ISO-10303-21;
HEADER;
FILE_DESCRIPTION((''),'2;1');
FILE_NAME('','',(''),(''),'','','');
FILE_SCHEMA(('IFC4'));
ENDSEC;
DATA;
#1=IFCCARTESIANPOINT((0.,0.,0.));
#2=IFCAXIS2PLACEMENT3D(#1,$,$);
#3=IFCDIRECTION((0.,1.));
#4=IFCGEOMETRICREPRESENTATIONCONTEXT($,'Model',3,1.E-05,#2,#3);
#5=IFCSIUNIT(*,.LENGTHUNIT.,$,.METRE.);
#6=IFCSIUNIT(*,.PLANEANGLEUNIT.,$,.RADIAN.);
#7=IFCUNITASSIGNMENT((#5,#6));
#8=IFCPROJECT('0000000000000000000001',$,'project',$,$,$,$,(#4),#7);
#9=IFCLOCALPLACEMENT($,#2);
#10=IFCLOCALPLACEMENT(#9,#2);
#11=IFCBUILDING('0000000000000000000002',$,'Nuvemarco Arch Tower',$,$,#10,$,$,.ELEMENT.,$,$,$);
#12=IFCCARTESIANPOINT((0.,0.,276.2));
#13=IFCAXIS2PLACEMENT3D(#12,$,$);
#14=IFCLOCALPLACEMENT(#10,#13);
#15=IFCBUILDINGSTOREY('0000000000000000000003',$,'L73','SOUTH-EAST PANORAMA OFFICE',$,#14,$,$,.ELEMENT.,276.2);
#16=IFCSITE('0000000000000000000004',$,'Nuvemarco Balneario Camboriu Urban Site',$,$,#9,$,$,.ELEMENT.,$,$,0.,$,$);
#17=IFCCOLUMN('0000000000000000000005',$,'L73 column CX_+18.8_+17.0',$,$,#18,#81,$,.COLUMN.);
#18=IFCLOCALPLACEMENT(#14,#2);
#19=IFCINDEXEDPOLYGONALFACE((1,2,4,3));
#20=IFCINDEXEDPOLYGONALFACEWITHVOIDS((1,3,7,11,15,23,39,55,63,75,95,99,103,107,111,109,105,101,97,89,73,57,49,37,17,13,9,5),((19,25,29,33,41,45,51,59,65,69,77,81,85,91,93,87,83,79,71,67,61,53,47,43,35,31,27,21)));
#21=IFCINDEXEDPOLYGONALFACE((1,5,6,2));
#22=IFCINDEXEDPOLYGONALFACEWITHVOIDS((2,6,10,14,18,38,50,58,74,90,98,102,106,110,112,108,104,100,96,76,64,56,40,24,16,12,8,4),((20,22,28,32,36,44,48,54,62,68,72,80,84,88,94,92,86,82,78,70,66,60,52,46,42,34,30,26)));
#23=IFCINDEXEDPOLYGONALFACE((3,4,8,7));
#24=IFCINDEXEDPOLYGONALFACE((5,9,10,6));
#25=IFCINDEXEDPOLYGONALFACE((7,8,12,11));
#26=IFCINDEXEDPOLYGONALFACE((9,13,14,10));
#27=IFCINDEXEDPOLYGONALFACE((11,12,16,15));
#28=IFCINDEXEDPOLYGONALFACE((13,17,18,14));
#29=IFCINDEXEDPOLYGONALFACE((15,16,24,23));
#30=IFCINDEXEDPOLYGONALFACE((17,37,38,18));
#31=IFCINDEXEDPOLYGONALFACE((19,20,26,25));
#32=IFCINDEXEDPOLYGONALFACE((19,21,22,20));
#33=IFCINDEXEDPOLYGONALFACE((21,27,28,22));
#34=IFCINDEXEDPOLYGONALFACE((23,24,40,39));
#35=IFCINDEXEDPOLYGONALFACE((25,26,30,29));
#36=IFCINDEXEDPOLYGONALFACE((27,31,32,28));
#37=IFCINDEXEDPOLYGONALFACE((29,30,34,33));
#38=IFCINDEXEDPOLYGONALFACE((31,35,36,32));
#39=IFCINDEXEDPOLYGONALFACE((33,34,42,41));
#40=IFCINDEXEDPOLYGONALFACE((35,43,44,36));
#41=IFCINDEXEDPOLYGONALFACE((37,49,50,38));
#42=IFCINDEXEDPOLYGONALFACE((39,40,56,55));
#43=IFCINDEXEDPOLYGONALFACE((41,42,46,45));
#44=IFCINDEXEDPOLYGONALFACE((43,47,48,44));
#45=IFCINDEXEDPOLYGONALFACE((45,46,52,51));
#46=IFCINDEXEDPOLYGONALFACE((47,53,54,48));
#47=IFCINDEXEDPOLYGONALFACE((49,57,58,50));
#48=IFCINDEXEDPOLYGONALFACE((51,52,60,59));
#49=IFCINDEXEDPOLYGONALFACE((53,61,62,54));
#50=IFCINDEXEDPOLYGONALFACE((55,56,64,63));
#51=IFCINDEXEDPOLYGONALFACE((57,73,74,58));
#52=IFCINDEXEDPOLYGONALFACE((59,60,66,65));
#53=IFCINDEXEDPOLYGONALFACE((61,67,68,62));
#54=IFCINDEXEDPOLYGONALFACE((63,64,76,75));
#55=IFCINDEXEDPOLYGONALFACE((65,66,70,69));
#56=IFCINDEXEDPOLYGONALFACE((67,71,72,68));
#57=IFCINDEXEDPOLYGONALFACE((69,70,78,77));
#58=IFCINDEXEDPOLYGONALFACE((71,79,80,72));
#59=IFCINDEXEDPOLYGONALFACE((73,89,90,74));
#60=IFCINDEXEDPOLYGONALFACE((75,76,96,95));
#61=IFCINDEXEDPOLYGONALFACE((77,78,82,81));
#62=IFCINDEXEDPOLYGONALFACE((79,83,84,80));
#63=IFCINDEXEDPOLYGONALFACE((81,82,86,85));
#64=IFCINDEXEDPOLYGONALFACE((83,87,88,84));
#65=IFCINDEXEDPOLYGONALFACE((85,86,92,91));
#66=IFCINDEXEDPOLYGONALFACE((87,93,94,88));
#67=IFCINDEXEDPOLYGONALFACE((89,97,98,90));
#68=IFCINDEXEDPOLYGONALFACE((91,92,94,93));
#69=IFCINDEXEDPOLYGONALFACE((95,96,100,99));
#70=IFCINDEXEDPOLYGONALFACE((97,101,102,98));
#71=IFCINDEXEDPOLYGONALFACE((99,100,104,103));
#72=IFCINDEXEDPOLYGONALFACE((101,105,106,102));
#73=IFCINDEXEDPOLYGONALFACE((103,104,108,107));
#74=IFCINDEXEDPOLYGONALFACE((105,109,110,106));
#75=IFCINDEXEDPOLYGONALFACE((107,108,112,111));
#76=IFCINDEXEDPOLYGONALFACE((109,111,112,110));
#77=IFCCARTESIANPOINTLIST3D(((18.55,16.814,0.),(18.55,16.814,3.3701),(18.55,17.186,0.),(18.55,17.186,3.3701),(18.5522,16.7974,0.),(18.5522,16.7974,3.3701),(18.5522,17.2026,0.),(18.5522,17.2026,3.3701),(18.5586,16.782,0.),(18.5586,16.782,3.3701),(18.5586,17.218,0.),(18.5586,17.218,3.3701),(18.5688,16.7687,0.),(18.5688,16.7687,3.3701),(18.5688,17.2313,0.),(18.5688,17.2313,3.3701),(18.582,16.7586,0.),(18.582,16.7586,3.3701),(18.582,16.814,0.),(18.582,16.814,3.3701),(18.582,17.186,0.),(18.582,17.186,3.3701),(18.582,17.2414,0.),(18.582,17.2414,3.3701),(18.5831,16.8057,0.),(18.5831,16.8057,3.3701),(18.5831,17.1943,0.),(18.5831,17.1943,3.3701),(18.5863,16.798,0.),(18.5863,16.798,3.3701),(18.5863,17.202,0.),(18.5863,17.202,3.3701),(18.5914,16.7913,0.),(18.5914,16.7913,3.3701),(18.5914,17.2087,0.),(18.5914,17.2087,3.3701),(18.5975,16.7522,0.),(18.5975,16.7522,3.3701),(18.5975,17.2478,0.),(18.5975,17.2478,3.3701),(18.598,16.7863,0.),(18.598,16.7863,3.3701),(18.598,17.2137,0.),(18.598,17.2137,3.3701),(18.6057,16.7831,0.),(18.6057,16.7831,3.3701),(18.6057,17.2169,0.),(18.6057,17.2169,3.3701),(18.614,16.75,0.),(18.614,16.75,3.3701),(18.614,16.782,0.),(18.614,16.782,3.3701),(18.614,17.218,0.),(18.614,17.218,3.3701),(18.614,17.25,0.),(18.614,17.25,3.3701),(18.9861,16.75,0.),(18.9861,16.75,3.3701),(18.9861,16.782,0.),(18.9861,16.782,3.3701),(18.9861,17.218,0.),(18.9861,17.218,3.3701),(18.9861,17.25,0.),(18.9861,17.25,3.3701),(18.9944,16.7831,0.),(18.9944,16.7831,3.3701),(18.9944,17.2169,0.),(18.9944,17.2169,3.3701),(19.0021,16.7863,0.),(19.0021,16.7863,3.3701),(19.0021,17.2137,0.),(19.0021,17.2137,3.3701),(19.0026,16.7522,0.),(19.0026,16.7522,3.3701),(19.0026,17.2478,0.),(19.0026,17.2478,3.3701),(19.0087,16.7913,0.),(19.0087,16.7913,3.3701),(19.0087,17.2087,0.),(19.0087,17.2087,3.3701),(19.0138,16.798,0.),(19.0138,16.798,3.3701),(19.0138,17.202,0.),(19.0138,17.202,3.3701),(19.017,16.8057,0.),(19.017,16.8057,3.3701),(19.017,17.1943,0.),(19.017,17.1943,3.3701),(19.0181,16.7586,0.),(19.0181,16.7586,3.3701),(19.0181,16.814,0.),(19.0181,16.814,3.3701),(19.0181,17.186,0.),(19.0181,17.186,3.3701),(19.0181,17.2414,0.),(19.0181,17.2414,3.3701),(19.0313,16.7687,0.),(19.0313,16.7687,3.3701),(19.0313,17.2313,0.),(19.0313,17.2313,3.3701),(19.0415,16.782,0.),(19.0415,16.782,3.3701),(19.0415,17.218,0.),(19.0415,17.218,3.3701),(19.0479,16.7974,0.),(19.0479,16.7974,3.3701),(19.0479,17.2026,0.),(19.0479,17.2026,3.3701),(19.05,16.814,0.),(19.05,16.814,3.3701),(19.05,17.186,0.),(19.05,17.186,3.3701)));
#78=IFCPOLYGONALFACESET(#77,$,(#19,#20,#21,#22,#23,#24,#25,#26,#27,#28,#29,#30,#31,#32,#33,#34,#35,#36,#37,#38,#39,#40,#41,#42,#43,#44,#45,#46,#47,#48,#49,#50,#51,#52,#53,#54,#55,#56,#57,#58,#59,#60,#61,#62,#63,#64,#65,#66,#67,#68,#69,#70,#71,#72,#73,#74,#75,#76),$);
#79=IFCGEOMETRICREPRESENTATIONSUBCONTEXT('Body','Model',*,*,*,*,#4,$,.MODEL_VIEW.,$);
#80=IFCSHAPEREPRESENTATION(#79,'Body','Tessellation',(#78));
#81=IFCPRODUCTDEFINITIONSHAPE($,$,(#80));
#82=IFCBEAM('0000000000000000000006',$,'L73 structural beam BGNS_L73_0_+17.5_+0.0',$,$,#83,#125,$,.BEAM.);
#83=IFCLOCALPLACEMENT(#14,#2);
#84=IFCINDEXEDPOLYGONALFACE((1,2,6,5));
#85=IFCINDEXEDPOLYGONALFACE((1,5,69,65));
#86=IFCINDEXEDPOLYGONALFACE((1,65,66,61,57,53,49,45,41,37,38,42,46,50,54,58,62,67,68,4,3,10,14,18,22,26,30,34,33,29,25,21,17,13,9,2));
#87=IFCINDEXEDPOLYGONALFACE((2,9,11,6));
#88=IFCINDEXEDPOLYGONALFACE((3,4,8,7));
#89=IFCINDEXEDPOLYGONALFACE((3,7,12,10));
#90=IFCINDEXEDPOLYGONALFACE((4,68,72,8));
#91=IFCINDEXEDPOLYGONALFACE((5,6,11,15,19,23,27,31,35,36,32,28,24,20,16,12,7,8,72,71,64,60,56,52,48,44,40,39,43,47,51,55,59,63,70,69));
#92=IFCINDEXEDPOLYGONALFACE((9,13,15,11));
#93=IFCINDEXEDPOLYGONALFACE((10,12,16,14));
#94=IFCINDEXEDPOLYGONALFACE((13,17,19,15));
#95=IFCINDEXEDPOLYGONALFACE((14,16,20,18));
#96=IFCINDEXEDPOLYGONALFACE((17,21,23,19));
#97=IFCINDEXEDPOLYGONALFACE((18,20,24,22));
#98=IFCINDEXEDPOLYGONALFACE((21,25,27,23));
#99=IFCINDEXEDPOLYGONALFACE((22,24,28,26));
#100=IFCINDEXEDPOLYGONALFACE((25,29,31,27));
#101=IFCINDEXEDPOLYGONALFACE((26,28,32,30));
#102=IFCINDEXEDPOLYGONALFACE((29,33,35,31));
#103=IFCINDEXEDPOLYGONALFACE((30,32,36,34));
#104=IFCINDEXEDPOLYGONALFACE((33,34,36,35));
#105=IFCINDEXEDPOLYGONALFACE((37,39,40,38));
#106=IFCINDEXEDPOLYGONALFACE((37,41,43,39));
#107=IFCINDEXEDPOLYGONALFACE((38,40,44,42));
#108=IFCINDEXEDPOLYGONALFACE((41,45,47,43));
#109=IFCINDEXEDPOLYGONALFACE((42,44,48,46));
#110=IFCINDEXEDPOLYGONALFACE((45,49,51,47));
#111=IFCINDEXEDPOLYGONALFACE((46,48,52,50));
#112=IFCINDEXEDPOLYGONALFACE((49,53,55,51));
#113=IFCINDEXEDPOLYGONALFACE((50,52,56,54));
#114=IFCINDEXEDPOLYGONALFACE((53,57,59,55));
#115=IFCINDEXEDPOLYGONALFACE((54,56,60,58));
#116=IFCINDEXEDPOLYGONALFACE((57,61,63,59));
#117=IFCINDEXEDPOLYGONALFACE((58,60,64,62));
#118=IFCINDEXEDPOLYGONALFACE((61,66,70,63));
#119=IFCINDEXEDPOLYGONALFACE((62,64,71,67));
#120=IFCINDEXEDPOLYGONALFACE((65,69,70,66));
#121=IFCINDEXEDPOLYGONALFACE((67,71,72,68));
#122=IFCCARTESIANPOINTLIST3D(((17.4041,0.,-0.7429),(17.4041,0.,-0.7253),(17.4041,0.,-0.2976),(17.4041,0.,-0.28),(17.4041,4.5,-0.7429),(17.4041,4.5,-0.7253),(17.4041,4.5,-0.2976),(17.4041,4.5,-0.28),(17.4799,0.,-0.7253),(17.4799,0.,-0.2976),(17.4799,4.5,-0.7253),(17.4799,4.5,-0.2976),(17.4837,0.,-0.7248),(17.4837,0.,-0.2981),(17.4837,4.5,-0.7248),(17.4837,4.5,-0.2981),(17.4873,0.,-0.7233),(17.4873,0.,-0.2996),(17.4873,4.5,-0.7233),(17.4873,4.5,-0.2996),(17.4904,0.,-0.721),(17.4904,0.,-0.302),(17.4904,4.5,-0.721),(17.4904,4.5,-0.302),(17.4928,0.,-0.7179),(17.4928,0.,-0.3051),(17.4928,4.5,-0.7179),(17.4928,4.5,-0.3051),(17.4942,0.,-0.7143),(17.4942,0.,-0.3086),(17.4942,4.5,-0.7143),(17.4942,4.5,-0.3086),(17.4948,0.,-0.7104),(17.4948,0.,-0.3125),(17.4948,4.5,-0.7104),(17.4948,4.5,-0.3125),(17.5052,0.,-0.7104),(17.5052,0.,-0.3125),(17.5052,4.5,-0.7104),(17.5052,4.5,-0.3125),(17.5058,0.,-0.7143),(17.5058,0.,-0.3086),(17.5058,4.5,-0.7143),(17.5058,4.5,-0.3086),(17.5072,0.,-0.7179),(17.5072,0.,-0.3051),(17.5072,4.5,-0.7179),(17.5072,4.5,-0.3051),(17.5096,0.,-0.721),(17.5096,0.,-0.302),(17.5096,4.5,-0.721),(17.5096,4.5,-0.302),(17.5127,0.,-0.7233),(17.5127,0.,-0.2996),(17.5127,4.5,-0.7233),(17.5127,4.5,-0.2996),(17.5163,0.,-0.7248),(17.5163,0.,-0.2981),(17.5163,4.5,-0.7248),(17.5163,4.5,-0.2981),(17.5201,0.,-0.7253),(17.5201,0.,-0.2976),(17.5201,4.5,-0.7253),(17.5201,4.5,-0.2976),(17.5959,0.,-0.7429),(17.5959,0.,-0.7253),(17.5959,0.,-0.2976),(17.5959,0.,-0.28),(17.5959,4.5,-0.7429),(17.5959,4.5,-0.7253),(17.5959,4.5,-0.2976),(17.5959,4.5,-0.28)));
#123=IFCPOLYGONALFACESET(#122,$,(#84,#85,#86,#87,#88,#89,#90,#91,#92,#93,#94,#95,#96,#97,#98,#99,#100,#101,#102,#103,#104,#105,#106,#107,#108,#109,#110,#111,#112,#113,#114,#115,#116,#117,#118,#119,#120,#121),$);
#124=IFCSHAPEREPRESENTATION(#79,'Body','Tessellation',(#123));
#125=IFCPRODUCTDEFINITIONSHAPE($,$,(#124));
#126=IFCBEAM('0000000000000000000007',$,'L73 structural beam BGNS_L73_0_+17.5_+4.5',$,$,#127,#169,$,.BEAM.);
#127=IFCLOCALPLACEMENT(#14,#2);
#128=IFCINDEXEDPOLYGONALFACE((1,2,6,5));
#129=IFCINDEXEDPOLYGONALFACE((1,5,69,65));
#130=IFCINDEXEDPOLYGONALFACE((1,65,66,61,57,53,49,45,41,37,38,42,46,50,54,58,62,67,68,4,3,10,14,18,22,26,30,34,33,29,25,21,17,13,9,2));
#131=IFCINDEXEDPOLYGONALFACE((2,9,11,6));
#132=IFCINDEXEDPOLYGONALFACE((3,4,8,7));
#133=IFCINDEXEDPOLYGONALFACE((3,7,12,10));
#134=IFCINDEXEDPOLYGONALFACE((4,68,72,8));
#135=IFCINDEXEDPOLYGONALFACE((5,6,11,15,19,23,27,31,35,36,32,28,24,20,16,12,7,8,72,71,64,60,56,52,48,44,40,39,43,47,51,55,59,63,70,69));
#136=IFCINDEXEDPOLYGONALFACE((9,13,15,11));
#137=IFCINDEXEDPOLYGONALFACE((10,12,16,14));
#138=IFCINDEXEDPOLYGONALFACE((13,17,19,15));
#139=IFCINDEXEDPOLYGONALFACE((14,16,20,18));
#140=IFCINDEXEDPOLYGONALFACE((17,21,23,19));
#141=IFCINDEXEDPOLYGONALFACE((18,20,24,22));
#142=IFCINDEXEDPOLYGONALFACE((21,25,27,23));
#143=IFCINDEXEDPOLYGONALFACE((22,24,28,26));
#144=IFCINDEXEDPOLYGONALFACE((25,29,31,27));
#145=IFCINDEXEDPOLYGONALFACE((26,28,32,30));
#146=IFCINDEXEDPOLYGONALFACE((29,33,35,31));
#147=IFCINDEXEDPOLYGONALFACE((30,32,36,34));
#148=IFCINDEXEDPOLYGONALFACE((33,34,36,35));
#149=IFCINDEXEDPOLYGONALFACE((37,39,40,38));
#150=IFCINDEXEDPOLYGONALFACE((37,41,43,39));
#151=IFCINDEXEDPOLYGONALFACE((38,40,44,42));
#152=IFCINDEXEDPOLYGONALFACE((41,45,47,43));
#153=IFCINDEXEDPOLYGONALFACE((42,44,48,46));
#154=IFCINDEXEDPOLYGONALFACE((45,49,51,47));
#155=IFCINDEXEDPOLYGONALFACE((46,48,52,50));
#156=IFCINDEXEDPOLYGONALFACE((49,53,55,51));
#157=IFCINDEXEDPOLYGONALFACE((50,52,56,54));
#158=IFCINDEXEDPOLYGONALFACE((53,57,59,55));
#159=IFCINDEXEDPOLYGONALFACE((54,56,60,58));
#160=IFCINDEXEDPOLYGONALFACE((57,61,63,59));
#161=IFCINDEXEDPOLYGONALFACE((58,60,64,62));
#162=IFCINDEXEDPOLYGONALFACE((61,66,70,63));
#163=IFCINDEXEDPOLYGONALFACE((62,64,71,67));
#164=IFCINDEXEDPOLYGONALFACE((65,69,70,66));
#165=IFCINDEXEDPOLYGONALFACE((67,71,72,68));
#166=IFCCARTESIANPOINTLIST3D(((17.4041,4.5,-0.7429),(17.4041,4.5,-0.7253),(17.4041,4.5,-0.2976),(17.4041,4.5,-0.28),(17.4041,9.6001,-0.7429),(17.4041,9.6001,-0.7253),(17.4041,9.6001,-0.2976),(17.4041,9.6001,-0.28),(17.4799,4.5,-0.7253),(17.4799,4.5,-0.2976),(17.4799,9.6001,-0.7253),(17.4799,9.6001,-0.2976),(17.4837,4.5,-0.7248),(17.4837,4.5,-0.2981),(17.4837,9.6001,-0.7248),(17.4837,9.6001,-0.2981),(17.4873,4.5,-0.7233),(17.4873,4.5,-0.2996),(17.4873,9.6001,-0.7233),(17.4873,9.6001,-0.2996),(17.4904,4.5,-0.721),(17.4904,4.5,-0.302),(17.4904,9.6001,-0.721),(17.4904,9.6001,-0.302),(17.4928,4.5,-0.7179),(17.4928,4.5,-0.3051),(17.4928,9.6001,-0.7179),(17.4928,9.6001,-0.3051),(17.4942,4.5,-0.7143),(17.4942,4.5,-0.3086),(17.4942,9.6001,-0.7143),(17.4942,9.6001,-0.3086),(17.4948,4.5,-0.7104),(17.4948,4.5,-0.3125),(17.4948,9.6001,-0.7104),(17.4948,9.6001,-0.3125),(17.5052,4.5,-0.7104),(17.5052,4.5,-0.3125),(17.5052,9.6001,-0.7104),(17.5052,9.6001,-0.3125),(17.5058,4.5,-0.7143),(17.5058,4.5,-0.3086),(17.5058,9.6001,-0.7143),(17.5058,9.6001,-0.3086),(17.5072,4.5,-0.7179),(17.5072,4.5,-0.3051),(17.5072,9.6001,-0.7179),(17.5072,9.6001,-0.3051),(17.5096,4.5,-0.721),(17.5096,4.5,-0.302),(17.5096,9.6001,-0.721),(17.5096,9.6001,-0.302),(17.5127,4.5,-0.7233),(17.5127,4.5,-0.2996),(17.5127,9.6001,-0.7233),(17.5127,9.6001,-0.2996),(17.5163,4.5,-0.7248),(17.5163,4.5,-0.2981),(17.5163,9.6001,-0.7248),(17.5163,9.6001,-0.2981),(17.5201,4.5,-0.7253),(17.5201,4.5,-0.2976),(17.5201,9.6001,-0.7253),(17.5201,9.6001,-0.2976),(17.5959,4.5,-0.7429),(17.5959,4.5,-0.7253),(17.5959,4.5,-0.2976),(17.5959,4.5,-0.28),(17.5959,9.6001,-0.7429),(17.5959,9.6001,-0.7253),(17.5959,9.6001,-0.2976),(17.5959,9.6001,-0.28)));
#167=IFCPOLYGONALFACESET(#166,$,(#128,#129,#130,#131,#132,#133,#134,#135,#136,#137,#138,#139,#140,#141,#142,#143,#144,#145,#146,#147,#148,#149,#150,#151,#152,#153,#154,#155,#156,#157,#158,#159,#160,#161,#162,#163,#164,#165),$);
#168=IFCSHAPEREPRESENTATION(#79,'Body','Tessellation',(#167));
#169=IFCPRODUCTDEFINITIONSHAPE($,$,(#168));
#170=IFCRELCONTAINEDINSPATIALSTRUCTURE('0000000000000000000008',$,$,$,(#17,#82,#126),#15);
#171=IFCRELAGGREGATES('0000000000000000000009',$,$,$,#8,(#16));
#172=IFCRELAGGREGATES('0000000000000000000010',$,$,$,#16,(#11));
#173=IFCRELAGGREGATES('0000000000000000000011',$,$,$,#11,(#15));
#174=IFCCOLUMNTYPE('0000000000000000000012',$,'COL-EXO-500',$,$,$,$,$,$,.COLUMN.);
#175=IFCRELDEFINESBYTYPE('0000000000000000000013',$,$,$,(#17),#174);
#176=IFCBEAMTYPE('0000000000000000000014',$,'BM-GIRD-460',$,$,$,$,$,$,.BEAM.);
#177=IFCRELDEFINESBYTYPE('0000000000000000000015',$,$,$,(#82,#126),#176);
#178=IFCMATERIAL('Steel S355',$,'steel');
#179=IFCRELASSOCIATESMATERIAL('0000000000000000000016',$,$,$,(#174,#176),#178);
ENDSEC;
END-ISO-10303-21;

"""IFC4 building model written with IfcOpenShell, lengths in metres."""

from ifc_helpers import new_model, si_unit, direction, frame, origin, origin_2d, place, context, subcontext, project, spatial, hollow_rectangle, i_section, extrude, material, material_profile, profile_set, type_object, element, save


model = new_model("IFC4")

# Units and contexts
model_context = context("Model", 3, precision=1e-05, world=origin(), true_north=direction((0.0, 1.0)))
body_context = subcontext(model_context, "Body", "Model", "MODEL_VIEW")
ifc_project = project(units=[si_unit("LENGTHUNIT", "METRE"), si_unit("PLANEANGLEUNIT", "RADIAN")], contexts=[model_context])

# Site, building, storey
site_placement = place(None, origin())
site = spatial("IfcSite", under=ifc_project, at=site_placement, Name="Nuvemarco Balneario Camboriu Urban Site", CompositionType="ELEMENT", RefElevation=0.0)
building_placement = place(site_placement, origin())
building = spatial("IfcBuilding", under=site, at=building_placement, Name="Nuvemarco Arch Tower", CompositionType="ELEMENT")
storey_placement = place(building_placement, frame((0.0, 0.0, 276.2)))
storey = spatial("IfcBuildingStorey", under=building, at=storey_placement, Name="L73", Description="SOUTH-EAST PANORAMA OFFICE", CompositionType="ELEMENT", Elevation=276.2)

# Column
ifc_material_1 = material(Name="Steel S355", Category="steel")
ifc_material_profile_1 = material_profile(ifc_material_1, hollow_rectangle(XDim=0.5, YDim=0.5, WallThickness=0.032, InnerFilletRadius=0.032, OuterFilletRadius=0.064, at=origin_2d()), Name="SHS500x500x32")
ifc_profile_set_1 = profile_set([ifc_material_profile_1], Name="Steel S355")
column_type_1 = type_object("IfcColumnType", Name="COL-EXO-500", PredefinedType="COLUMN", material=ifc_profile_set_1)
for number, where, z_axis, x_axis, name in (
    (1, (18.8, 17.0, 0.0), (0.0, 0.0, 1.0), (1.0, 0.0, 0.0), "L73 column CX_+18.8_+17.0"),
):
    element("IfcColumn", number, at=place(storey_placement, frame(where, z_axis=z_axis, x_axis=x_axis)), inside=storey, type_object=column_type_1, Name=name, PredefinedType="COLUMN", context=body_context, shape_type="SweptSolid", body=[
        extrude(hollow_rectangle(XDim=0.5, YDim=0.5, WallThickness=0.032, InnerFilletRadius=0.032, OuterFilletRadius=0.064, at=origin_2d()), origin(), (0.0, 0.0, 1.0), 3.3701),
    ])

# Beams
ifc_material_profile_2 = material_profile(ifc_material_1, i_section(OverallWidth=0.1919, OverallDepth=0.4629, WebThickness=0.0105, FlangeThickness=0.0176, FilletRadius=0.0149, at=origin_2d()), Name="W460x89")
ifc_profile_set_2 = profile_set([ifc_material_profile_2], Name="Steel S355")
beam_type_1 = type_object("IfcBeamType", Name="BM-GIRD-460", PredefinedType="BEAM", material=ifc_profile_set_2)
beam_1_placement = place(storey_placement, frame((17.5, 0.0, -0.5115), z_axis=(0.0, 1.0, 0.0), x_axis=(-1.0, 0.0, 0.0)))
element("IfcBeam", 2, at=beam_1_placement, inside=storey, type_object=beam_type_1, Name="L73 structural beam BGNS_L73_0_+17.5_+0.0", PredefinedType="BEAM", context=body_context, shape_type="SweptSolid", body=[
    extrude(i_section(OverallWidth=0.1919, OverallDepth=0.4629, WebThickness=0.0105, FlangeThickness=0.0176, FilletRadius=0.0149, at=origin_2d()), origin(), (0.0, 0.0, 1.0), 4.5),
])
beam_2_placement = place(storey_placement, frame((17.5, 4.5, -0.5115), z_axis=(0.0, 1.0, 0.0), x_axis=(-1.0, 0.0, 0.0)))
element("IfcBeam", 3, at=beam_2_placement, inside=storey, type_object=beam_type_1, Name="L73 structural beam BGNS_L73_0_+17.5_+4.5", PredefinedType="BEAM", context=body_context, shape_type="SweptSolid", body=[
    extrude(i_section(OverallWidth=0.1919, OverallDepth=0.4629, WebThickness=0.0105, FlangeThickness=0.0176, FilletRadius=0.0149, at=origin_2d()), origin(), (0.0, 0.0, 1.0), 5.1001),
])

save(model, "model.ifc")
